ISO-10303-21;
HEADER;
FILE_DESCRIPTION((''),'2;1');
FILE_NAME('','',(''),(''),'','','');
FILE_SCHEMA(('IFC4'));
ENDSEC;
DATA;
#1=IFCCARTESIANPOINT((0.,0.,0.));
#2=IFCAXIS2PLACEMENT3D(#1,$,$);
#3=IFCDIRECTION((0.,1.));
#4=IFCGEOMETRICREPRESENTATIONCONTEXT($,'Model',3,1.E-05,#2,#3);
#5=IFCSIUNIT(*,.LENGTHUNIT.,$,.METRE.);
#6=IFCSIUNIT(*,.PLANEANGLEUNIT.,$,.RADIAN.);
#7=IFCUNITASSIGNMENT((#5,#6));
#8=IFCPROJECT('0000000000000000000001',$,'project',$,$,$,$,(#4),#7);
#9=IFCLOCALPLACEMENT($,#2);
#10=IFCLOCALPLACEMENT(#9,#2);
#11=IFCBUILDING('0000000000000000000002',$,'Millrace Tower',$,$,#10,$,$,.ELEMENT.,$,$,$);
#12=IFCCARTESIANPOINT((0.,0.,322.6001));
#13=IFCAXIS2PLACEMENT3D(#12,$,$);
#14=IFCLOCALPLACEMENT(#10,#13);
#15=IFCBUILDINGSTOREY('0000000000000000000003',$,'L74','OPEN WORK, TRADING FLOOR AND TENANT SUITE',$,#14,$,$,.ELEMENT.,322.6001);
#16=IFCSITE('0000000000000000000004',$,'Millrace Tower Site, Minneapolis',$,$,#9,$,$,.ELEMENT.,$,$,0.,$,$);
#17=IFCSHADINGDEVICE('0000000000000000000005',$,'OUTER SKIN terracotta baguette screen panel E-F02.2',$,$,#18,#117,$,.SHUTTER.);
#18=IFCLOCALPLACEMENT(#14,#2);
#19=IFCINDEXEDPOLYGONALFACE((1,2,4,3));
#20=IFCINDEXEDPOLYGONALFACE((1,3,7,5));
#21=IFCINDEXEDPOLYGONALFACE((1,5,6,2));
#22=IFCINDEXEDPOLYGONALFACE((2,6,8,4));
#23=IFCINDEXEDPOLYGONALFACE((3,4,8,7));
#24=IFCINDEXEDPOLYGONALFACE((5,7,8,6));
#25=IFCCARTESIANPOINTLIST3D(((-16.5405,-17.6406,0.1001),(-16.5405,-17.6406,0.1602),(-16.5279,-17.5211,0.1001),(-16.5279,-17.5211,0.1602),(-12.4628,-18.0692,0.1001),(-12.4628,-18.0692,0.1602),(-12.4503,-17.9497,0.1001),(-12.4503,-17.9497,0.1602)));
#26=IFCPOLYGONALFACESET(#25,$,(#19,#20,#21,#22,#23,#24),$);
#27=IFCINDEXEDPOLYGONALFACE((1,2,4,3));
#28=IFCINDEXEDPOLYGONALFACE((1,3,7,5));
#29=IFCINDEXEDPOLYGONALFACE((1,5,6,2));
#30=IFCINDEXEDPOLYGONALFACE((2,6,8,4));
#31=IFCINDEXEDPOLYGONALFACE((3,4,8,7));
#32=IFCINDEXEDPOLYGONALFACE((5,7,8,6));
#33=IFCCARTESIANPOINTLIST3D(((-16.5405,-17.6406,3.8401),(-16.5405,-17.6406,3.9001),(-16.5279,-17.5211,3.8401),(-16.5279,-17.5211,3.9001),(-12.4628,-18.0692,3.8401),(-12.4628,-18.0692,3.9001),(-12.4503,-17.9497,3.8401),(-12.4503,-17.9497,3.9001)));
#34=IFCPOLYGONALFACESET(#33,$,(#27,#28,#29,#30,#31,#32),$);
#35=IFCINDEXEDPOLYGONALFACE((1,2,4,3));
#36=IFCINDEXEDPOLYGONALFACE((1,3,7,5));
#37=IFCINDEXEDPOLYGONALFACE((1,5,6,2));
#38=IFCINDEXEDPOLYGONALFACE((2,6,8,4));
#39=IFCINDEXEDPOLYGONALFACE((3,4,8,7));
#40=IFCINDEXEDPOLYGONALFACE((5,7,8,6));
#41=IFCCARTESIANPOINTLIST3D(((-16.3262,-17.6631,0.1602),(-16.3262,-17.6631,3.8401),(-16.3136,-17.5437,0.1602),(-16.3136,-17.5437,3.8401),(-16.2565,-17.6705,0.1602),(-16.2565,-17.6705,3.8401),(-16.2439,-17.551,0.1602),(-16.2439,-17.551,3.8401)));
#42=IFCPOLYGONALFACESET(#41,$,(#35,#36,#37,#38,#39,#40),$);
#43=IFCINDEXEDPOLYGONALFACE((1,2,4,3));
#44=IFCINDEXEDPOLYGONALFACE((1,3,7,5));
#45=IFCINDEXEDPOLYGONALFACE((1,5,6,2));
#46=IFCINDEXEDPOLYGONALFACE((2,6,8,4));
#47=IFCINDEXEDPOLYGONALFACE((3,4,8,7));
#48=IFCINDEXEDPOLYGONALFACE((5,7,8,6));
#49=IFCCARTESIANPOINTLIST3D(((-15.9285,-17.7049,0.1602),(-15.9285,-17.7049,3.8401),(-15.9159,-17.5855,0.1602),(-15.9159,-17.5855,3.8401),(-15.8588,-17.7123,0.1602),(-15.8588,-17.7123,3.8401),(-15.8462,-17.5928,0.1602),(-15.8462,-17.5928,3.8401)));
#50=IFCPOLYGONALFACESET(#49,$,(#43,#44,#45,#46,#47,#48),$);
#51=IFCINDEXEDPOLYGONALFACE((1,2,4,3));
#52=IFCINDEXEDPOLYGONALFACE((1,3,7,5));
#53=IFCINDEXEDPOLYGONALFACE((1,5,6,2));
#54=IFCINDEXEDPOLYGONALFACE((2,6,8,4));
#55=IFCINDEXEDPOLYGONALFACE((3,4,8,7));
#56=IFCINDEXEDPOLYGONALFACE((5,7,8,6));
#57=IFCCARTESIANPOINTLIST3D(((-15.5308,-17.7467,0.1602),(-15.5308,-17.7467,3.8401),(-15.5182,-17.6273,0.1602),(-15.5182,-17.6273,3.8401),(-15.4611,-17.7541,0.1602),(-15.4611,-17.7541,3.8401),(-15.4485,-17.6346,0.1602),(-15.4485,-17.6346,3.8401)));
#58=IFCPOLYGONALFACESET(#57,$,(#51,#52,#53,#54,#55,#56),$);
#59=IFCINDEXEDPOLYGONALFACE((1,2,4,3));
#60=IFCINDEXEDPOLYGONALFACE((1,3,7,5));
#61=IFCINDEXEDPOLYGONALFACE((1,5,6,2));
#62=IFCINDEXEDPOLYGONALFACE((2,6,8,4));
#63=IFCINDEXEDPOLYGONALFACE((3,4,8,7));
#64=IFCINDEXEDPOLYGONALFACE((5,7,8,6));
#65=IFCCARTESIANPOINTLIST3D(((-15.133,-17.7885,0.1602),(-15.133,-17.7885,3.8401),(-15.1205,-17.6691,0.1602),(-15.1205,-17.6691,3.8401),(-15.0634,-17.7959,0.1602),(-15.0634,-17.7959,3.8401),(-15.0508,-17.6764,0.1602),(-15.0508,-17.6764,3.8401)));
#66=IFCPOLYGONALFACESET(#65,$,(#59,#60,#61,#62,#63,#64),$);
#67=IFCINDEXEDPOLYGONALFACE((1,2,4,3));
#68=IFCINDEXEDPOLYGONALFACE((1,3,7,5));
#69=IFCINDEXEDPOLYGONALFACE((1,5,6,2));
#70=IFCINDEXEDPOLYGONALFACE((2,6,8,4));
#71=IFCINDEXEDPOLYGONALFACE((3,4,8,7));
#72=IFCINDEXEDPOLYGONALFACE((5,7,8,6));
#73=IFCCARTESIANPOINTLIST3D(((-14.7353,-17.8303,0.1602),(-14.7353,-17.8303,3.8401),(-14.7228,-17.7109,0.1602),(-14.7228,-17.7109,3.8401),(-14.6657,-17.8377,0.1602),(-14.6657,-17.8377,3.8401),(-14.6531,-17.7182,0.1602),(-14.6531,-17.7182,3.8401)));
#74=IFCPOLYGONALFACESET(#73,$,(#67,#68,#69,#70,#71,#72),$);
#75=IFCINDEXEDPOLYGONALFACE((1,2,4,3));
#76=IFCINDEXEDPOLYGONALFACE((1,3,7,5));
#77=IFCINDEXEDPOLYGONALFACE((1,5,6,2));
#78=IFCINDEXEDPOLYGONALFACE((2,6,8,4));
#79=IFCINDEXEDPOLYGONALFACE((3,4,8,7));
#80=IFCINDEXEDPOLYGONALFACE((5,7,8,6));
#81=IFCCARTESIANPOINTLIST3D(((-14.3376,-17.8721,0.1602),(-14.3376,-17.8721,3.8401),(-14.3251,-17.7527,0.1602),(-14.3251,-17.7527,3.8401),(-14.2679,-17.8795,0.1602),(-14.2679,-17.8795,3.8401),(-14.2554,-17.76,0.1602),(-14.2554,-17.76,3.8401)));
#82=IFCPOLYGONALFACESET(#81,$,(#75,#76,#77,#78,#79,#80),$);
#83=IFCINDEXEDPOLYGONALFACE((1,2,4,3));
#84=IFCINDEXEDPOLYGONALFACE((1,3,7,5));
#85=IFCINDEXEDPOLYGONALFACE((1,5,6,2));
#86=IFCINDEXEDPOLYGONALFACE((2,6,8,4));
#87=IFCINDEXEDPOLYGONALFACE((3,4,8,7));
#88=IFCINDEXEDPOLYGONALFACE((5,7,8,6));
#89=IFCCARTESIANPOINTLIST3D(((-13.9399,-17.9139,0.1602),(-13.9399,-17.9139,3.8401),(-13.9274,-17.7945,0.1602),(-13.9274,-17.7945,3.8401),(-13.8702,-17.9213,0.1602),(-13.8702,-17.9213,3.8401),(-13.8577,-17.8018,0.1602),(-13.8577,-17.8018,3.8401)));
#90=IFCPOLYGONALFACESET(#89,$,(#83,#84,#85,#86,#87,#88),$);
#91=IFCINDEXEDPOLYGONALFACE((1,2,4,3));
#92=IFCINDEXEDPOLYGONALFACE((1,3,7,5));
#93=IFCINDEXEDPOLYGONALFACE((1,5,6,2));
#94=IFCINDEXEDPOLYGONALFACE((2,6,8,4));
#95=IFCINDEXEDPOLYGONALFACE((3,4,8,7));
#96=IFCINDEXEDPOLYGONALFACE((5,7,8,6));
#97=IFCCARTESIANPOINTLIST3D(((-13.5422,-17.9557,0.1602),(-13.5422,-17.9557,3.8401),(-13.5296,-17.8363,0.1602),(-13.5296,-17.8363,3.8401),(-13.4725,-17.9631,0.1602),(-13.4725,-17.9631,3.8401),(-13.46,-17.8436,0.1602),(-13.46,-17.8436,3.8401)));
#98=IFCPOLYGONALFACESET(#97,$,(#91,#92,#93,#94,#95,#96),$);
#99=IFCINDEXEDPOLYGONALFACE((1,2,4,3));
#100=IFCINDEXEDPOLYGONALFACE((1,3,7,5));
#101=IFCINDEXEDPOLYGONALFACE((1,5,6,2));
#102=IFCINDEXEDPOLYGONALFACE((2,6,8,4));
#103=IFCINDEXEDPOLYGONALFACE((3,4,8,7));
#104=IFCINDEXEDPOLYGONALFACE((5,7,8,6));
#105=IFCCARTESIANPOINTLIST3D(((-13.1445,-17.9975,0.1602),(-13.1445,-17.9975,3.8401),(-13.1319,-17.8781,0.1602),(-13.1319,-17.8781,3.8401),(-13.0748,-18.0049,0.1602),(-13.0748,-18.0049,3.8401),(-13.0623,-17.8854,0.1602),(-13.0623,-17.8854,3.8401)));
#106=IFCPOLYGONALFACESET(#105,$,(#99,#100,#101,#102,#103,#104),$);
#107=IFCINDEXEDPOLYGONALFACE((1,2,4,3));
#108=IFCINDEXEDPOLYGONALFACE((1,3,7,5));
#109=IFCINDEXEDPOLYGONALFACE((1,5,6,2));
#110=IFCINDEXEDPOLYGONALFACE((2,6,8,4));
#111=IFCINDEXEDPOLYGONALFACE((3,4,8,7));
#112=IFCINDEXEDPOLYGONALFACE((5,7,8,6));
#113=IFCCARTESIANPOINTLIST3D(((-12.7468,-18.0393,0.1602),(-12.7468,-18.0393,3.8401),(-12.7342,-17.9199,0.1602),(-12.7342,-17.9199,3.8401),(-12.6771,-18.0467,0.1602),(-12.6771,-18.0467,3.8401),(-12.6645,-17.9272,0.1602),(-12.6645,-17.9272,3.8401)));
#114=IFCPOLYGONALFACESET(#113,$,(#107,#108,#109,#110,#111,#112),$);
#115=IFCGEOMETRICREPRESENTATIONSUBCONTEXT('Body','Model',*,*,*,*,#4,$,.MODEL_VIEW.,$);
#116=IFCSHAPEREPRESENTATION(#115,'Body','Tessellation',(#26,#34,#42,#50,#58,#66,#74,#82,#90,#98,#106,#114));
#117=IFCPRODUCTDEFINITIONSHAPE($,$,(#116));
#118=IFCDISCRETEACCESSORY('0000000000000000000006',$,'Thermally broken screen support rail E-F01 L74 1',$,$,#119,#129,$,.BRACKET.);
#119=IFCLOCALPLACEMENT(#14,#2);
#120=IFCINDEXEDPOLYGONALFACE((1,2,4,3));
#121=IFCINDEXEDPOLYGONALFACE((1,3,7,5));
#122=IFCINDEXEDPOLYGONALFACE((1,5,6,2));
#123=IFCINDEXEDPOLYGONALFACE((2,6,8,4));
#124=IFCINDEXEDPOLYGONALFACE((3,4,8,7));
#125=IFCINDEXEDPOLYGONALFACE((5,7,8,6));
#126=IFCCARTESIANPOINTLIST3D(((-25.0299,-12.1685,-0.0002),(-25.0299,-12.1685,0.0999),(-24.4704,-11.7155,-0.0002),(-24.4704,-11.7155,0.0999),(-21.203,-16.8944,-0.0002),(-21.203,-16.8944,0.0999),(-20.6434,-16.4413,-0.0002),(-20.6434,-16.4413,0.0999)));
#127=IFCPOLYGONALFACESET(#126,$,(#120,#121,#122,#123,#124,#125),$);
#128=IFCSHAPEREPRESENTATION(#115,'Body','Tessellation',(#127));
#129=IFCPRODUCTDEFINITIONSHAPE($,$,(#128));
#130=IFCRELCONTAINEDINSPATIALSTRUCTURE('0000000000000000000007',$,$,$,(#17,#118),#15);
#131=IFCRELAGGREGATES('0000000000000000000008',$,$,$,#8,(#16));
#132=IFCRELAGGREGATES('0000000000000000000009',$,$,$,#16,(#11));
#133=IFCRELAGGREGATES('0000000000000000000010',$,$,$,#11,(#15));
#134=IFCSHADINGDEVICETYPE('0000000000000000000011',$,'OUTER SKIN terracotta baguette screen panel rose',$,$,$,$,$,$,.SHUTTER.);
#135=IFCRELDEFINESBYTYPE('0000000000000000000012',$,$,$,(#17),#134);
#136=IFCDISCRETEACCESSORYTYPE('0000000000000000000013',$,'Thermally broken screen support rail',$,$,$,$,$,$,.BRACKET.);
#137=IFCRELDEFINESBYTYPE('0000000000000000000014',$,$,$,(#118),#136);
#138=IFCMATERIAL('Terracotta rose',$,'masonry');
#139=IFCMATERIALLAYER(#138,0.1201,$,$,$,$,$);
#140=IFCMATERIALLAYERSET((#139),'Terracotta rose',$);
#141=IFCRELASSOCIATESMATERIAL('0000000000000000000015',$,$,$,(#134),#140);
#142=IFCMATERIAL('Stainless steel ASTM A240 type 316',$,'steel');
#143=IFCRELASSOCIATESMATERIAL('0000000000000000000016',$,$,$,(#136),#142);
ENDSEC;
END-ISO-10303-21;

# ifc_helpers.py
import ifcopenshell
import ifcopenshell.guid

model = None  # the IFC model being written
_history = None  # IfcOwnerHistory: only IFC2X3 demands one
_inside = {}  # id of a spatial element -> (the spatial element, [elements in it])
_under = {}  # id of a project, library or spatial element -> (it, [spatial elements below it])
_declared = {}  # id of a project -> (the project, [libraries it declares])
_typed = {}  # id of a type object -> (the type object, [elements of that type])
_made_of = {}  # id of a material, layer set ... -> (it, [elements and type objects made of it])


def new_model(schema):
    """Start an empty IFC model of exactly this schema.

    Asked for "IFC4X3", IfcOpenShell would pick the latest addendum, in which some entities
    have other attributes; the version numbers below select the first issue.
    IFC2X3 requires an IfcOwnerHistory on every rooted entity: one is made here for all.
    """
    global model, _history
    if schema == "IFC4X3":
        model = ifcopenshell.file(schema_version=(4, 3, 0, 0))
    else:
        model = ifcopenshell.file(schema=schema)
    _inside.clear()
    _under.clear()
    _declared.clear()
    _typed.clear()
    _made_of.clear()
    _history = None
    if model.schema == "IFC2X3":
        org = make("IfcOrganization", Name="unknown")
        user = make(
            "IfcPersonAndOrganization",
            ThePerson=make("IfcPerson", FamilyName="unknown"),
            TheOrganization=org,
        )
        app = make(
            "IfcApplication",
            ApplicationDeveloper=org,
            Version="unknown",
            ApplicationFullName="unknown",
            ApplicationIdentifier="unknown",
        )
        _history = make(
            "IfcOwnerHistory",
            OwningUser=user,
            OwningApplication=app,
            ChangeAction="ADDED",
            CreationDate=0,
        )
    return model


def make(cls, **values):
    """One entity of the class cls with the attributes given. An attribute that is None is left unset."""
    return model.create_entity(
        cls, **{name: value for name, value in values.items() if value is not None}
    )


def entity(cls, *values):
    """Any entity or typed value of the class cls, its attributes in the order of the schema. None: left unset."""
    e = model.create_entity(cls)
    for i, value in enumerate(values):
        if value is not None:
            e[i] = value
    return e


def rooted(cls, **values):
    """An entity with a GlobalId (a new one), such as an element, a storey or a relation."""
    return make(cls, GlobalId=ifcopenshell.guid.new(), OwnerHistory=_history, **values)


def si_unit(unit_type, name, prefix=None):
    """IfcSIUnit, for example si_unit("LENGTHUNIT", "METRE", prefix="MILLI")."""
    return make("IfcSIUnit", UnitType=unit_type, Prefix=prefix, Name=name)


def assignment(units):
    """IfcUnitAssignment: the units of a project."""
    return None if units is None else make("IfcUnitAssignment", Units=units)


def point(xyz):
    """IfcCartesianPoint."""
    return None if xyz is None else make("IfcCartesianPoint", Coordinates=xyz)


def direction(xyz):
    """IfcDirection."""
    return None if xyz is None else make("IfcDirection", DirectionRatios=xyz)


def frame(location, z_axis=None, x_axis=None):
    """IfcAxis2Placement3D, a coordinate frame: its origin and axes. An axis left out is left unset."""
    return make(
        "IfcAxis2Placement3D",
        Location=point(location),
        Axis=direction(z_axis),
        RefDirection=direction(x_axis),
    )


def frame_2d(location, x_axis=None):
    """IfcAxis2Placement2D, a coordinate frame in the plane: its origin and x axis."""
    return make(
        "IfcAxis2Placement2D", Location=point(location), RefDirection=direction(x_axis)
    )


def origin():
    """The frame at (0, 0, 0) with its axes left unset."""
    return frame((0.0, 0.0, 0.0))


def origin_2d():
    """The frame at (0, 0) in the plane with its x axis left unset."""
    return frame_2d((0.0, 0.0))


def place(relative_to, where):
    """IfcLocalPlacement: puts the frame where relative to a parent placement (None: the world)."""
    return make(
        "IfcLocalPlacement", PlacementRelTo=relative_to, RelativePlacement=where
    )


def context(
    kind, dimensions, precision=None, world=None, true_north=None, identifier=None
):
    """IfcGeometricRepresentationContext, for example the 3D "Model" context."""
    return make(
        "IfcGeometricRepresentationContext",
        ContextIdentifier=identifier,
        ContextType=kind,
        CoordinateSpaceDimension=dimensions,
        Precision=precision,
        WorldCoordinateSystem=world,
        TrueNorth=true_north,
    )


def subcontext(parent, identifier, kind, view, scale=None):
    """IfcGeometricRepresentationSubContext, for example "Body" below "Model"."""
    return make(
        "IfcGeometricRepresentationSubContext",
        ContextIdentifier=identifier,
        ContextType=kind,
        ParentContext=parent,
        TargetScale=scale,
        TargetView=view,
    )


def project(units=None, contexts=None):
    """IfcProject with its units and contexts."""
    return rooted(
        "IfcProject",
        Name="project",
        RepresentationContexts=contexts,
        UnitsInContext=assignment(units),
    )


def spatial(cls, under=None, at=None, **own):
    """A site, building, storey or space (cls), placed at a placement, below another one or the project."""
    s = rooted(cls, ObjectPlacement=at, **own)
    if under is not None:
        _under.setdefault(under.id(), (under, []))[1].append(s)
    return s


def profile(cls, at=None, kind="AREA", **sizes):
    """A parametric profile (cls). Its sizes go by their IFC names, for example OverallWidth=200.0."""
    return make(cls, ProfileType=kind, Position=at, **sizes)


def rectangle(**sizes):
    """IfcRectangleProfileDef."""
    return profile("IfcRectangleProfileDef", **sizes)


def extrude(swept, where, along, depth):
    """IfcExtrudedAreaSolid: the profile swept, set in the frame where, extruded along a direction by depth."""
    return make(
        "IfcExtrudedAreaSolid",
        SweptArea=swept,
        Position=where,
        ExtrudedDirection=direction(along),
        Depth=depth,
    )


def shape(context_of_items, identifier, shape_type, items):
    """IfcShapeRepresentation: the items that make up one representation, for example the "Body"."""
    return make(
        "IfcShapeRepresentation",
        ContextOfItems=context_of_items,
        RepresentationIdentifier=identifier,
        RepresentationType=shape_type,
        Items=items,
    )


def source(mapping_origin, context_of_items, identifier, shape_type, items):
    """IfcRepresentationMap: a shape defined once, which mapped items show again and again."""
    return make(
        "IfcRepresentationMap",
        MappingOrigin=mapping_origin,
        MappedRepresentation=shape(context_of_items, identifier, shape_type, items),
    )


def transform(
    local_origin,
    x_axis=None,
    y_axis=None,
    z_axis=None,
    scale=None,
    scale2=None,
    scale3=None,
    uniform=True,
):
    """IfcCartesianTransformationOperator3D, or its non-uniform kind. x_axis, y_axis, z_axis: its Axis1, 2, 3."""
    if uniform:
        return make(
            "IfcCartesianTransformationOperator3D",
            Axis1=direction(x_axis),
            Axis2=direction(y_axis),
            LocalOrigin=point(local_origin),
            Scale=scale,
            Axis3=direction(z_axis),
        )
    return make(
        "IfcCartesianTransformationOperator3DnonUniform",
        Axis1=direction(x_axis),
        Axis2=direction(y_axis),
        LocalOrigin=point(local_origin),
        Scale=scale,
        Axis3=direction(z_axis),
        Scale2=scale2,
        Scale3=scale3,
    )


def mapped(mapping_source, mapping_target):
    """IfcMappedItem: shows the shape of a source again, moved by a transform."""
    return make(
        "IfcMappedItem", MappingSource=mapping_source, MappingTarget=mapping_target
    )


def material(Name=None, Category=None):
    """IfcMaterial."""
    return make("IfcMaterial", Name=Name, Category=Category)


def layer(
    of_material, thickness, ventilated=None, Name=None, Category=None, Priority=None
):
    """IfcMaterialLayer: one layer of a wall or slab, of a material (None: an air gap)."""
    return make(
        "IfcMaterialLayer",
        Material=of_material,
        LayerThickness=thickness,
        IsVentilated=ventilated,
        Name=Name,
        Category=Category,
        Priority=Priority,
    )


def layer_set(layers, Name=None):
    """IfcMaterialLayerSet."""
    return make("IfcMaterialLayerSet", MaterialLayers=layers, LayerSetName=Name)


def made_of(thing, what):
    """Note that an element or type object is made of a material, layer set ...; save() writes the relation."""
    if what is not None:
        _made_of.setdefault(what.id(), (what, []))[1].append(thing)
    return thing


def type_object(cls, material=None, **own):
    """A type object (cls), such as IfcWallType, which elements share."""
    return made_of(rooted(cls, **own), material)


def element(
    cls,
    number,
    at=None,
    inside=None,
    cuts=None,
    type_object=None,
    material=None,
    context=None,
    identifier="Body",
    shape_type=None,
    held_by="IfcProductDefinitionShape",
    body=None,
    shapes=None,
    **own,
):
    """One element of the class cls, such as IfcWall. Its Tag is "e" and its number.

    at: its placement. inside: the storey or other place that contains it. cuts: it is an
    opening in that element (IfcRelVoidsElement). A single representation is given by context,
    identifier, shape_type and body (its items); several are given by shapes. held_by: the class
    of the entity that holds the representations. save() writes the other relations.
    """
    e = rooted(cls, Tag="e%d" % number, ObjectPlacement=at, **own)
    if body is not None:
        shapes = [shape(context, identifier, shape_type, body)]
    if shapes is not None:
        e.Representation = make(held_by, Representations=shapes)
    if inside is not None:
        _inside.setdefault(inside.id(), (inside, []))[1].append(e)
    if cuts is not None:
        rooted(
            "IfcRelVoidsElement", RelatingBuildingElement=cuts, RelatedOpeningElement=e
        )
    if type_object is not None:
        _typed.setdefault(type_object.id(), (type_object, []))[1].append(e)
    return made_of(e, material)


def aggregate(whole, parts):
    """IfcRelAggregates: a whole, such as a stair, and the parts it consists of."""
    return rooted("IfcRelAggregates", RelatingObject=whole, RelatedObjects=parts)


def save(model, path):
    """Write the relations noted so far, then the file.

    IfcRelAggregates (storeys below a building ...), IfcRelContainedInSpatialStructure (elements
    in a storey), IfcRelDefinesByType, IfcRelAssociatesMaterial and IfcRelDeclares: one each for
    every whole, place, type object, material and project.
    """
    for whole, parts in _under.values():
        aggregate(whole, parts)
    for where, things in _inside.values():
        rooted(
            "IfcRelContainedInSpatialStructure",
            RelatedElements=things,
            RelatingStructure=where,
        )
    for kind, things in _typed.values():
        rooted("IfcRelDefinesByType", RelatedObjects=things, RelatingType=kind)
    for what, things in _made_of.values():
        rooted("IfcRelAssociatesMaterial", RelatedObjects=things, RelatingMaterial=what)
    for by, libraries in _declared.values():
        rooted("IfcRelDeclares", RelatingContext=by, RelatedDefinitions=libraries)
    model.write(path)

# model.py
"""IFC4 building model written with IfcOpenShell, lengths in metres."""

from ifc_helpers import new_model, entity, si_unit, direction, frame, frame_2d, origin, origin_2d, place, context, subcontext, project, spatial, rectangle, extrude, source, transform, mapped, material, layer, layer_set, type_object, element, save


model = new_model("IFC4")

# Units and contexts
model_context = context("Model", 3, precision=1e-05, world=origin(), true_north=direction((0.0, 1.0)))
body_context = subcontext(model_context, "Body", "Model", "MODEL_VIEW")
ifc_project = project(units=[si_unit("LENGTHUNIT", "METRE"), si_unit("PLANEANGLEUNIT", "RADIAN")], contexts=[model_context])

# Site, building, storey
site_placement = place(None, origin())
site = spatial("IfcSite", under=ifc_project, at=site_placement, Name="Millrace Tower Site, Minneapolis", CompositionType="ELEMENT", RefElevation=0.0)
building_placement = place(site_placement, origin())
building = spatial("IfcBuilding", under=site, at=building_placement, Name="Millrace Tower", CompositionType="ELEMENT")
storey_placement = place(building_placement, frame((0.0, 0.0, 322.6001)))
storey = spatial("IfcBuildingStorey", under=building, at=storey_placement, Name="L74", Description="OPEN WORK, TRADING FLOOR AND TENANT SUITE", CompositionType="ELEMENT", Elevation=322.6001)

# Shading device
ifc_material_1 = material(Name="Terracotta rose", Category="masonry")
ifc_layer_1 = layer(ifc_material_1, 0.1201)
ifc_layer_set_1 = layer_set([ifc_layer_1], Name="Terracotta rose")
shading_device_type = type_object("IfcShadingDeviceType", Name="OUTER SKIN terracotta baguette screen panel rose", PredefinedType="SHUTTER", material=ifc_layer_set_1)
cartesian_point_1 = entity("IfcCartesianPoint", [-2.05, 0.0601])
shared_polyline_1 = entity("IfcPolyline", [cartesian_point_1, entity("IfcCartesianPoint", [2.05, 0.0601]), entity("IfcCartesianPoint", [2.05, -0.0601]), entity("IfcCartesianPoint", [-2.05, -0.0601]), cartesian_point_1])
shared_shape_1 = source(origin(), body_context, "Body", "SweptSolid", [
    entity("IfcExtrudedAreaSolid", entity("IfcArbitraryClosedProfileDef", "AREA", None, shared_polyline_1), entity("IfcAxis2Placement3D", entity("IfcCartesianPoint", [0.0, 0.0, 0.0])), entity("IfcDirection", [0.0, 0.0, 1.0]), 0.0601),
    entity("IfcExtrudedAreaSolid", entity("IfcArbitraryClosedProfileDef", "AREA", None, shared_polyline_1), entity("IfcAxis2Placement3D", entity("IfcCartesianPoint", [0.0, 0.0, 3.74])), entity("IfcDirection", [0.0, 0.0, 1.0]), 0.0601),
    extrude(rectangle(XDim=0.0701, YDim=0.1201, at=frame_2d((-1.7996, 0.0))), frame((0.0, 0.0, 0.0601)), (0.0, 0.0, 1.0), 3.6799),
    extrude(rectangle(XDim=0.0701, YDim=0.1201, at=frame_2d((-1.3997, 0.0))), frame((0.0, 0.0, 0.0601)), (0.0, 0.0, 1.0), 3.6799),
    extrude(rectangle(XDim=0.0701, YDim=0.1201, at=frame_2d((-0.9998, 0.0))), frame((0.0, 0.0, 0.0601)), (0.0, 0.0, 1.0), 3.6799),
    extrude(rectangle(XDim=0.0701, YDim=0.1201, at=frame_2d((-0.5999, 0.0))), frame((0.0, 0.0, 0.0601)), (0.0, 0.0, 1.0), 3.6799),
    extrude(rectangle(XDim=0.0701, YDim=0.1201, at=frame_2d((-0.2, 0.0))), frame((0.0, 0.0, 0.0601)), (0.0, 0.0, 1.0), 3.6799),
    extrude(rectangle(XDim=0.0701, YDim=0.1201, at=frame_2d((0.2, 0.0))), frame((0.0, 0.0, 0.0601)), (0.0, 0.0, 1.0), 3.6799),
    extrude(rectangle(XDim=0.0701, YDim=0.1201, at=frame_2d((0.5999, 0.0))), frame((0.0, 0.0, 0.0601)), (0.0, 0.0, 1.0), 3.6799),
    extrude(rectangle(XDim=0.0701, YDim=0.1201, at=frame_2d((0.9998, 0.0))), frame((0.0, 0.0, 0.0601)), (0.0, 0.0, 1.0), 3.6799),
    extrude(rectangle(XDim=0.0701, YDim=0.1201, at=frame_2d((1.3997, 0.0))), frame((0.0, 0.0, 0.0601)), (0.0, 0.0, 1.0), 3.6799),
    extrude(rectangle(XDim=0.0701, YDim=0.1201, at=frame_2d((1.7996, 0.0))), frame((0.0, 0.0, 0.0601)), (0.0, 0.0, 1.0), 3.6799),
])
shading_device_1_placement = place(storey_placement, frame((-14.4954, -17.7952, 0.1001), z_axis=(0.0, 0.0, 1.0), x_axis=(0.994522, -0.104528, 0.0)))
element("IfcShadingDevice", 1, at=shading_device_1_placement, inside=storey, type_object=shading_device_type, Name="OUTER SKIN terracotta baguette screen panel E-F02.2", PredefinedType="SHUTTER", context=body_context, shape_type="MappedRepresentation", body=[
    mapped(shared_shape_1, transform((0.0, 0.0, 0.0), scale=1.0)),
])

# Discrete accessory
ifc_material_2 = material(Name="Stainless steel ASTM A240 type 316", Category="steel")
discrete_accessory_type = type_object("IfcDiscreteAccessoryType", Name="Thermally broken screen support rail", PredefinedType="BRACKET", material=ifc_material_2)
discrete_accessory_placement = place(storey_placement, frame((-22.8367, -14.3049, -0.0002), z_axis=(0.0, 0.0, 1.0), x_axis=(0.62932, -0.777146, 0.0)))
element("IfcDiscreteAccessory", 2, at=discrete_accessory_placement, inside=storey, type_object=discrete_accessory_type, Name="Thermally broken screen support rail E-F01 L74 1", PredefinedType="BRACKET", context=body_context, shape_type="SweptSolid", body=[
    extrude(rectangle(XDim=6.0811, YDim=0.72, at=origin_2d()), origin(), (0.0, 0.0, 1.0), 0.1001),
])

save(model, "model.ifc")
